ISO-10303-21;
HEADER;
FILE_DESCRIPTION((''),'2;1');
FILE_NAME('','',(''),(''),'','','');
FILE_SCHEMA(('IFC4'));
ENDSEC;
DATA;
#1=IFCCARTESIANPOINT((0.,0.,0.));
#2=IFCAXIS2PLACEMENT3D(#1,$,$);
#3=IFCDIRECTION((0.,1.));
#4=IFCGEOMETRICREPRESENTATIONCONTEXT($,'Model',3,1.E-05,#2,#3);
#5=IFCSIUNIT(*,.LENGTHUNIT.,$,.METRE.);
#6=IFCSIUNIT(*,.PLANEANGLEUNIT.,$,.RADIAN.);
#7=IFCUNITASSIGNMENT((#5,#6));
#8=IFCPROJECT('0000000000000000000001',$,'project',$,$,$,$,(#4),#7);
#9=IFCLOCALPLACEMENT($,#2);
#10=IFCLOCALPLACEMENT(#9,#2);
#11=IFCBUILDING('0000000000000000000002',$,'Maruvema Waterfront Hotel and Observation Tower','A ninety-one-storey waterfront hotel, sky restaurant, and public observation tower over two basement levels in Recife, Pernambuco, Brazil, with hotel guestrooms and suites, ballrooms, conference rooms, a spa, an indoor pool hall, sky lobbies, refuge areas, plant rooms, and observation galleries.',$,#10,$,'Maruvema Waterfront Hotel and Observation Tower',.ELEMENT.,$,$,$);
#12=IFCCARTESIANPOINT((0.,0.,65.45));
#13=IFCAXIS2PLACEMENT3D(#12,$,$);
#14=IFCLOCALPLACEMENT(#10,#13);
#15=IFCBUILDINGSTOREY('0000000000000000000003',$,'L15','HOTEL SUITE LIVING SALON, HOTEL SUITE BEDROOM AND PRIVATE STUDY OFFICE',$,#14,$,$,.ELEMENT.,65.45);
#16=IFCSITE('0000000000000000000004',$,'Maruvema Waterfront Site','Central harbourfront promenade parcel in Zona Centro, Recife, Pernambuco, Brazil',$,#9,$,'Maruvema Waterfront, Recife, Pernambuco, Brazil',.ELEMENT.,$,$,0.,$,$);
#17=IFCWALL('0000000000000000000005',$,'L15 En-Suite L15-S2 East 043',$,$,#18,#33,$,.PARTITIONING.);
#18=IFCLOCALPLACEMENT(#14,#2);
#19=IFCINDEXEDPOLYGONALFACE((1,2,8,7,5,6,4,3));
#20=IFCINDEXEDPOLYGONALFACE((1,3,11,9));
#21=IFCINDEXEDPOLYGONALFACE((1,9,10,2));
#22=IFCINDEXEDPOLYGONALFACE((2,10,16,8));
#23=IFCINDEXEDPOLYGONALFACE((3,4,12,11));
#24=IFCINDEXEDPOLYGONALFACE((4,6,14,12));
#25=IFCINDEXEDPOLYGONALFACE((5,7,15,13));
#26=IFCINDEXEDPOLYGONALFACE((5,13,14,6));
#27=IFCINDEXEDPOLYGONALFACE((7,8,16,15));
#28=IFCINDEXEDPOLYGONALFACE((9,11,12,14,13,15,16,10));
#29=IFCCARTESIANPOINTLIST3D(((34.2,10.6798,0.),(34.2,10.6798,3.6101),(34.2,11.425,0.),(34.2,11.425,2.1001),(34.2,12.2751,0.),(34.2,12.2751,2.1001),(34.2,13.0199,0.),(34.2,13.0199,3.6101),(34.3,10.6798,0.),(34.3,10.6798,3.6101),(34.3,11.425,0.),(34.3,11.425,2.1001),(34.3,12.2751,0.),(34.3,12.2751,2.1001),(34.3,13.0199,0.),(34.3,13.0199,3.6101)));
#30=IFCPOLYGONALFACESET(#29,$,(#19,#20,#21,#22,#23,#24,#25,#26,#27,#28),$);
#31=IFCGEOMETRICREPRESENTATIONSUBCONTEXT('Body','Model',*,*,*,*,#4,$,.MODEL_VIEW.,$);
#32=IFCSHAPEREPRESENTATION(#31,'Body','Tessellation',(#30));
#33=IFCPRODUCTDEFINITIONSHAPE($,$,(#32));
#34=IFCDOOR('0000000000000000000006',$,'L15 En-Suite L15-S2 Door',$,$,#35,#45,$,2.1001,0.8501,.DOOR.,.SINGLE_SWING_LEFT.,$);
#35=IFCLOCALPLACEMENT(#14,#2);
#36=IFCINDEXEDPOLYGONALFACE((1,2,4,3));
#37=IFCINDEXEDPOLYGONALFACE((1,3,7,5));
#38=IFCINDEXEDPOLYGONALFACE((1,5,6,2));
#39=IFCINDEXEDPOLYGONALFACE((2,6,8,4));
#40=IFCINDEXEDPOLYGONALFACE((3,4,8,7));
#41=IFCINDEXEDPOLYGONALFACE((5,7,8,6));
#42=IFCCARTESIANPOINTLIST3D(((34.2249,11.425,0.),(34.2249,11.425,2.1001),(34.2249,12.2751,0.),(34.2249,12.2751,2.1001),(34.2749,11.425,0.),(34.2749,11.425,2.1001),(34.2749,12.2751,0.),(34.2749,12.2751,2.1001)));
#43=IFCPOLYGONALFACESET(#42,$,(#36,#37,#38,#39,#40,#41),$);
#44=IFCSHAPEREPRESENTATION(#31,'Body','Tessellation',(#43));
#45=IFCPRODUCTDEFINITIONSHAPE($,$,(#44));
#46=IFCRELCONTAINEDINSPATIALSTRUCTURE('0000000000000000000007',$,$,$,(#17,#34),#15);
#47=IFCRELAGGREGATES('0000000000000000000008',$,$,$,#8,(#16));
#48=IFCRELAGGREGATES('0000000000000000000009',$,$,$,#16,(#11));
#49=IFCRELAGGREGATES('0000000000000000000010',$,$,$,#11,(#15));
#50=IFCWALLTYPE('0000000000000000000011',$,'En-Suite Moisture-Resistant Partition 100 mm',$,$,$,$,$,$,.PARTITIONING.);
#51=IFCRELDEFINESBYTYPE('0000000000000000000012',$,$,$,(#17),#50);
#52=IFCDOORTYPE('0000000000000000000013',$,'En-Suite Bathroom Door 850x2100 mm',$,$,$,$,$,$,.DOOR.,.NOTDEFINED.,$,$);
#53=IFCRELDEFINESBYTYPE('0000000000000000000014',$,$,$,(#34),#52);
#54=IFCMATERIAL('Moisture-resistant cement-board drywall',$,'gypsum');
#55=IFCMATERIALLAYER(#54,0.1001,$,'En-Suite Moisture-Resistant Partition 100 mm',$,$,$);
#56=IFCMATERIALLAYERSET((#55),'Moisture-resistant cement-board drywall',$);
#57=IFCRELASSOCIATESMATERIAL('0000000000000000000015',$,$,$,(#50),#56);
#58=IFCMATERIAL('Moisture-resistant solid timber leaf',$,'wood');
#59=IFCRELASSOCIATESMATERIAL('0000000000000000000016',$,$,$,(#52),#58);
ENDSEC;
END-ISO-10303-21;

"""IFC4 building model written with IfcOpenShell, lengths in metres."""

from ifc_helpers import new_model, si_unit, direction, frame, frame_2d, origin, place, context, subcontext, project, spatial, rectangle, extrude, material, layer, layer_set, type_object, element, fill, save


model = new_model("IFC4")

# Units and contexts
model_context = context("Model", 3, precision=1e-05, world=origin(), true_north=direction((0.0, 1.0)))
body_context = subcontext(model_context, "Body", "Model", "MODEL_VIEW")
ifc_project = project(units=[si_unit("LENGTHUNIT", "METRE"), si_unit("PLANEANGLEUNIT", "RADIAN")], contexts=[model_context])

# Site, building, storey
site_placement = place(None, origin())
site = spatial("IfcSite", under=ifc_project, at=site_placement, Name="Maruvema Waterfront Site", Description="Central harbourfront promenade parcel in Zona Centro, Recife, Pernambuco, Brazil", LongName="Maruvema Waterfront, Recife, Pernambuco, Brazil", CompositionType="ELEMENT", RefElevation=0.0)
building_placement = place(site_placement, origin())
building = spatial("IfcBuilding", under=site, at=building_placement, Name="Maruvema Waterfront Hotel and Observation Tower", Description="A ninety-one-storey waterfront hotel, sky restaurant, and public observation tower over two basement levels in Recife, Pernambuco, Brazil, with hotel guestrooms and suites, ballrooms, conference rooms, a spa, an indoor pool hall, sky lobbies, refuge areas, plant rooms, and observation galleries.", LongName="Maruvema Waterfront Hotel and Observation Tower", CompositionType="ELEMENT")
storey_placement = place(building_placement, frame((0.0, 0.0, 65.45)))
storey = spatial("IfcBuildingStorey", under=building, at=storey_placement, Name="L15", Description="HOTEL SUITE LIVING SALON, HOTEL SUITE BEDROOM AND PRIVATE STUDY OFFICE", CompositionType="ELEMENT", Elevation=65.45)

# Shared definitions
ifc_material_1 = material(Name="Moisture-resistant cement-board drywall", Category="gypsum")
ifc_layer_1 = layer(ifc_material_1, 0.1001, Name="En-Suite Moisture-Resistant Partition 100 mm")
ifc_layer_set_1 = layer_set([ifc_layer_1], Name="Moisture-resistant cement-board drywall")
wall_type_1 = type_object("IfcWallType", Name="En-Suite Moisture-Resistant Partition 100 mm", PredefinedType="PARTITIONING", material=ifc_layer_set_1)

# Shared definitions
ifc_material_2 = material(Name="Moisture-resistant solid timber leaf", Category="wood")
door_type_1 = type_object("IfcDoorType", Name="En-Suite Bathroom Door 850x2100 mm", OperationType="NOTDEFINED", PredefinedType="DOOR", material=ifc_material_2)

# Wall, opening, door
wall_1_placement = place(storey_placement, frame((34.25, 10.6799, 0.0), z_axis=(0.0, 0.0, 1.0), x_axis=(0.0, 1.0, 0.0)))
wall_1 = element("IfcWall", 1, at=wall_1_placement, inside=storey, type_object=wall_type_1, Name="L15 En-Suite L15-S2 East 043", PredefinedType="PARTITIONING", context=body_context, shape_type="SweptSolid", body=[
    extrude(rectangle(XDim=2.3401, YDim=0.1001, at=frame_2d((1.1699, 0.0))), origin(), (0.0, 0.0, 1.0), 3.6101),
])
opening_1_placement = place(wall_1_placement, frame((0.7451, 0.0, 0.0)))
opening_1 = element("IfcOpeningElement", 2, at=opening_1_placement, cuts=wall_1, PredefinedType="OPENING", context=body_context, shape_type="SweptSolid", body=[
    extrude(rectangle(XDim=0.8501, YDim=2.1001, at=frame_2d((0.425, 1.05))), frame((0.0, 0.0601, 0.0), z_axis=(0.0, -1.0, 0.0), x_axis=(1.0, 0.0, 0.0)), (0.0, 0.0, 1.0), 0.1201),
])
door_1_placement = place(opening_1_placement, frame((0.8501, 0.0, 0.0), z_axis=(0.0, 0.0, 1.0), x_axis=(-1.0, 0.0, 0.0)))
door_1 = element("IfcDoor", 3, at=door_1_placement, inside=storey, type_object=door_type_1, Name="L15 En-Suite L15-S2 Door", OperationType="SINGLE_SWING_LEFT", OverallHeight=2.1001, OverallWidth=0.8501, PredefinedType="DOOR", context=body_context, shape_type="SweptSolid", body=[
    extrude(rectangle(XDim=0.8501, YDim=2.1001, at=frame_2d((0.425, 1.05))), frame((0.0, 0.0249, 0.0), z_axis=(0.0, -1.0, 0.0), x_axis=(1.0, 0.0, 0.0)), (0.0, 0.0, 1.0), 0.05),
])
fill(opening_1, door_1)

save(model, "model.ifc")
